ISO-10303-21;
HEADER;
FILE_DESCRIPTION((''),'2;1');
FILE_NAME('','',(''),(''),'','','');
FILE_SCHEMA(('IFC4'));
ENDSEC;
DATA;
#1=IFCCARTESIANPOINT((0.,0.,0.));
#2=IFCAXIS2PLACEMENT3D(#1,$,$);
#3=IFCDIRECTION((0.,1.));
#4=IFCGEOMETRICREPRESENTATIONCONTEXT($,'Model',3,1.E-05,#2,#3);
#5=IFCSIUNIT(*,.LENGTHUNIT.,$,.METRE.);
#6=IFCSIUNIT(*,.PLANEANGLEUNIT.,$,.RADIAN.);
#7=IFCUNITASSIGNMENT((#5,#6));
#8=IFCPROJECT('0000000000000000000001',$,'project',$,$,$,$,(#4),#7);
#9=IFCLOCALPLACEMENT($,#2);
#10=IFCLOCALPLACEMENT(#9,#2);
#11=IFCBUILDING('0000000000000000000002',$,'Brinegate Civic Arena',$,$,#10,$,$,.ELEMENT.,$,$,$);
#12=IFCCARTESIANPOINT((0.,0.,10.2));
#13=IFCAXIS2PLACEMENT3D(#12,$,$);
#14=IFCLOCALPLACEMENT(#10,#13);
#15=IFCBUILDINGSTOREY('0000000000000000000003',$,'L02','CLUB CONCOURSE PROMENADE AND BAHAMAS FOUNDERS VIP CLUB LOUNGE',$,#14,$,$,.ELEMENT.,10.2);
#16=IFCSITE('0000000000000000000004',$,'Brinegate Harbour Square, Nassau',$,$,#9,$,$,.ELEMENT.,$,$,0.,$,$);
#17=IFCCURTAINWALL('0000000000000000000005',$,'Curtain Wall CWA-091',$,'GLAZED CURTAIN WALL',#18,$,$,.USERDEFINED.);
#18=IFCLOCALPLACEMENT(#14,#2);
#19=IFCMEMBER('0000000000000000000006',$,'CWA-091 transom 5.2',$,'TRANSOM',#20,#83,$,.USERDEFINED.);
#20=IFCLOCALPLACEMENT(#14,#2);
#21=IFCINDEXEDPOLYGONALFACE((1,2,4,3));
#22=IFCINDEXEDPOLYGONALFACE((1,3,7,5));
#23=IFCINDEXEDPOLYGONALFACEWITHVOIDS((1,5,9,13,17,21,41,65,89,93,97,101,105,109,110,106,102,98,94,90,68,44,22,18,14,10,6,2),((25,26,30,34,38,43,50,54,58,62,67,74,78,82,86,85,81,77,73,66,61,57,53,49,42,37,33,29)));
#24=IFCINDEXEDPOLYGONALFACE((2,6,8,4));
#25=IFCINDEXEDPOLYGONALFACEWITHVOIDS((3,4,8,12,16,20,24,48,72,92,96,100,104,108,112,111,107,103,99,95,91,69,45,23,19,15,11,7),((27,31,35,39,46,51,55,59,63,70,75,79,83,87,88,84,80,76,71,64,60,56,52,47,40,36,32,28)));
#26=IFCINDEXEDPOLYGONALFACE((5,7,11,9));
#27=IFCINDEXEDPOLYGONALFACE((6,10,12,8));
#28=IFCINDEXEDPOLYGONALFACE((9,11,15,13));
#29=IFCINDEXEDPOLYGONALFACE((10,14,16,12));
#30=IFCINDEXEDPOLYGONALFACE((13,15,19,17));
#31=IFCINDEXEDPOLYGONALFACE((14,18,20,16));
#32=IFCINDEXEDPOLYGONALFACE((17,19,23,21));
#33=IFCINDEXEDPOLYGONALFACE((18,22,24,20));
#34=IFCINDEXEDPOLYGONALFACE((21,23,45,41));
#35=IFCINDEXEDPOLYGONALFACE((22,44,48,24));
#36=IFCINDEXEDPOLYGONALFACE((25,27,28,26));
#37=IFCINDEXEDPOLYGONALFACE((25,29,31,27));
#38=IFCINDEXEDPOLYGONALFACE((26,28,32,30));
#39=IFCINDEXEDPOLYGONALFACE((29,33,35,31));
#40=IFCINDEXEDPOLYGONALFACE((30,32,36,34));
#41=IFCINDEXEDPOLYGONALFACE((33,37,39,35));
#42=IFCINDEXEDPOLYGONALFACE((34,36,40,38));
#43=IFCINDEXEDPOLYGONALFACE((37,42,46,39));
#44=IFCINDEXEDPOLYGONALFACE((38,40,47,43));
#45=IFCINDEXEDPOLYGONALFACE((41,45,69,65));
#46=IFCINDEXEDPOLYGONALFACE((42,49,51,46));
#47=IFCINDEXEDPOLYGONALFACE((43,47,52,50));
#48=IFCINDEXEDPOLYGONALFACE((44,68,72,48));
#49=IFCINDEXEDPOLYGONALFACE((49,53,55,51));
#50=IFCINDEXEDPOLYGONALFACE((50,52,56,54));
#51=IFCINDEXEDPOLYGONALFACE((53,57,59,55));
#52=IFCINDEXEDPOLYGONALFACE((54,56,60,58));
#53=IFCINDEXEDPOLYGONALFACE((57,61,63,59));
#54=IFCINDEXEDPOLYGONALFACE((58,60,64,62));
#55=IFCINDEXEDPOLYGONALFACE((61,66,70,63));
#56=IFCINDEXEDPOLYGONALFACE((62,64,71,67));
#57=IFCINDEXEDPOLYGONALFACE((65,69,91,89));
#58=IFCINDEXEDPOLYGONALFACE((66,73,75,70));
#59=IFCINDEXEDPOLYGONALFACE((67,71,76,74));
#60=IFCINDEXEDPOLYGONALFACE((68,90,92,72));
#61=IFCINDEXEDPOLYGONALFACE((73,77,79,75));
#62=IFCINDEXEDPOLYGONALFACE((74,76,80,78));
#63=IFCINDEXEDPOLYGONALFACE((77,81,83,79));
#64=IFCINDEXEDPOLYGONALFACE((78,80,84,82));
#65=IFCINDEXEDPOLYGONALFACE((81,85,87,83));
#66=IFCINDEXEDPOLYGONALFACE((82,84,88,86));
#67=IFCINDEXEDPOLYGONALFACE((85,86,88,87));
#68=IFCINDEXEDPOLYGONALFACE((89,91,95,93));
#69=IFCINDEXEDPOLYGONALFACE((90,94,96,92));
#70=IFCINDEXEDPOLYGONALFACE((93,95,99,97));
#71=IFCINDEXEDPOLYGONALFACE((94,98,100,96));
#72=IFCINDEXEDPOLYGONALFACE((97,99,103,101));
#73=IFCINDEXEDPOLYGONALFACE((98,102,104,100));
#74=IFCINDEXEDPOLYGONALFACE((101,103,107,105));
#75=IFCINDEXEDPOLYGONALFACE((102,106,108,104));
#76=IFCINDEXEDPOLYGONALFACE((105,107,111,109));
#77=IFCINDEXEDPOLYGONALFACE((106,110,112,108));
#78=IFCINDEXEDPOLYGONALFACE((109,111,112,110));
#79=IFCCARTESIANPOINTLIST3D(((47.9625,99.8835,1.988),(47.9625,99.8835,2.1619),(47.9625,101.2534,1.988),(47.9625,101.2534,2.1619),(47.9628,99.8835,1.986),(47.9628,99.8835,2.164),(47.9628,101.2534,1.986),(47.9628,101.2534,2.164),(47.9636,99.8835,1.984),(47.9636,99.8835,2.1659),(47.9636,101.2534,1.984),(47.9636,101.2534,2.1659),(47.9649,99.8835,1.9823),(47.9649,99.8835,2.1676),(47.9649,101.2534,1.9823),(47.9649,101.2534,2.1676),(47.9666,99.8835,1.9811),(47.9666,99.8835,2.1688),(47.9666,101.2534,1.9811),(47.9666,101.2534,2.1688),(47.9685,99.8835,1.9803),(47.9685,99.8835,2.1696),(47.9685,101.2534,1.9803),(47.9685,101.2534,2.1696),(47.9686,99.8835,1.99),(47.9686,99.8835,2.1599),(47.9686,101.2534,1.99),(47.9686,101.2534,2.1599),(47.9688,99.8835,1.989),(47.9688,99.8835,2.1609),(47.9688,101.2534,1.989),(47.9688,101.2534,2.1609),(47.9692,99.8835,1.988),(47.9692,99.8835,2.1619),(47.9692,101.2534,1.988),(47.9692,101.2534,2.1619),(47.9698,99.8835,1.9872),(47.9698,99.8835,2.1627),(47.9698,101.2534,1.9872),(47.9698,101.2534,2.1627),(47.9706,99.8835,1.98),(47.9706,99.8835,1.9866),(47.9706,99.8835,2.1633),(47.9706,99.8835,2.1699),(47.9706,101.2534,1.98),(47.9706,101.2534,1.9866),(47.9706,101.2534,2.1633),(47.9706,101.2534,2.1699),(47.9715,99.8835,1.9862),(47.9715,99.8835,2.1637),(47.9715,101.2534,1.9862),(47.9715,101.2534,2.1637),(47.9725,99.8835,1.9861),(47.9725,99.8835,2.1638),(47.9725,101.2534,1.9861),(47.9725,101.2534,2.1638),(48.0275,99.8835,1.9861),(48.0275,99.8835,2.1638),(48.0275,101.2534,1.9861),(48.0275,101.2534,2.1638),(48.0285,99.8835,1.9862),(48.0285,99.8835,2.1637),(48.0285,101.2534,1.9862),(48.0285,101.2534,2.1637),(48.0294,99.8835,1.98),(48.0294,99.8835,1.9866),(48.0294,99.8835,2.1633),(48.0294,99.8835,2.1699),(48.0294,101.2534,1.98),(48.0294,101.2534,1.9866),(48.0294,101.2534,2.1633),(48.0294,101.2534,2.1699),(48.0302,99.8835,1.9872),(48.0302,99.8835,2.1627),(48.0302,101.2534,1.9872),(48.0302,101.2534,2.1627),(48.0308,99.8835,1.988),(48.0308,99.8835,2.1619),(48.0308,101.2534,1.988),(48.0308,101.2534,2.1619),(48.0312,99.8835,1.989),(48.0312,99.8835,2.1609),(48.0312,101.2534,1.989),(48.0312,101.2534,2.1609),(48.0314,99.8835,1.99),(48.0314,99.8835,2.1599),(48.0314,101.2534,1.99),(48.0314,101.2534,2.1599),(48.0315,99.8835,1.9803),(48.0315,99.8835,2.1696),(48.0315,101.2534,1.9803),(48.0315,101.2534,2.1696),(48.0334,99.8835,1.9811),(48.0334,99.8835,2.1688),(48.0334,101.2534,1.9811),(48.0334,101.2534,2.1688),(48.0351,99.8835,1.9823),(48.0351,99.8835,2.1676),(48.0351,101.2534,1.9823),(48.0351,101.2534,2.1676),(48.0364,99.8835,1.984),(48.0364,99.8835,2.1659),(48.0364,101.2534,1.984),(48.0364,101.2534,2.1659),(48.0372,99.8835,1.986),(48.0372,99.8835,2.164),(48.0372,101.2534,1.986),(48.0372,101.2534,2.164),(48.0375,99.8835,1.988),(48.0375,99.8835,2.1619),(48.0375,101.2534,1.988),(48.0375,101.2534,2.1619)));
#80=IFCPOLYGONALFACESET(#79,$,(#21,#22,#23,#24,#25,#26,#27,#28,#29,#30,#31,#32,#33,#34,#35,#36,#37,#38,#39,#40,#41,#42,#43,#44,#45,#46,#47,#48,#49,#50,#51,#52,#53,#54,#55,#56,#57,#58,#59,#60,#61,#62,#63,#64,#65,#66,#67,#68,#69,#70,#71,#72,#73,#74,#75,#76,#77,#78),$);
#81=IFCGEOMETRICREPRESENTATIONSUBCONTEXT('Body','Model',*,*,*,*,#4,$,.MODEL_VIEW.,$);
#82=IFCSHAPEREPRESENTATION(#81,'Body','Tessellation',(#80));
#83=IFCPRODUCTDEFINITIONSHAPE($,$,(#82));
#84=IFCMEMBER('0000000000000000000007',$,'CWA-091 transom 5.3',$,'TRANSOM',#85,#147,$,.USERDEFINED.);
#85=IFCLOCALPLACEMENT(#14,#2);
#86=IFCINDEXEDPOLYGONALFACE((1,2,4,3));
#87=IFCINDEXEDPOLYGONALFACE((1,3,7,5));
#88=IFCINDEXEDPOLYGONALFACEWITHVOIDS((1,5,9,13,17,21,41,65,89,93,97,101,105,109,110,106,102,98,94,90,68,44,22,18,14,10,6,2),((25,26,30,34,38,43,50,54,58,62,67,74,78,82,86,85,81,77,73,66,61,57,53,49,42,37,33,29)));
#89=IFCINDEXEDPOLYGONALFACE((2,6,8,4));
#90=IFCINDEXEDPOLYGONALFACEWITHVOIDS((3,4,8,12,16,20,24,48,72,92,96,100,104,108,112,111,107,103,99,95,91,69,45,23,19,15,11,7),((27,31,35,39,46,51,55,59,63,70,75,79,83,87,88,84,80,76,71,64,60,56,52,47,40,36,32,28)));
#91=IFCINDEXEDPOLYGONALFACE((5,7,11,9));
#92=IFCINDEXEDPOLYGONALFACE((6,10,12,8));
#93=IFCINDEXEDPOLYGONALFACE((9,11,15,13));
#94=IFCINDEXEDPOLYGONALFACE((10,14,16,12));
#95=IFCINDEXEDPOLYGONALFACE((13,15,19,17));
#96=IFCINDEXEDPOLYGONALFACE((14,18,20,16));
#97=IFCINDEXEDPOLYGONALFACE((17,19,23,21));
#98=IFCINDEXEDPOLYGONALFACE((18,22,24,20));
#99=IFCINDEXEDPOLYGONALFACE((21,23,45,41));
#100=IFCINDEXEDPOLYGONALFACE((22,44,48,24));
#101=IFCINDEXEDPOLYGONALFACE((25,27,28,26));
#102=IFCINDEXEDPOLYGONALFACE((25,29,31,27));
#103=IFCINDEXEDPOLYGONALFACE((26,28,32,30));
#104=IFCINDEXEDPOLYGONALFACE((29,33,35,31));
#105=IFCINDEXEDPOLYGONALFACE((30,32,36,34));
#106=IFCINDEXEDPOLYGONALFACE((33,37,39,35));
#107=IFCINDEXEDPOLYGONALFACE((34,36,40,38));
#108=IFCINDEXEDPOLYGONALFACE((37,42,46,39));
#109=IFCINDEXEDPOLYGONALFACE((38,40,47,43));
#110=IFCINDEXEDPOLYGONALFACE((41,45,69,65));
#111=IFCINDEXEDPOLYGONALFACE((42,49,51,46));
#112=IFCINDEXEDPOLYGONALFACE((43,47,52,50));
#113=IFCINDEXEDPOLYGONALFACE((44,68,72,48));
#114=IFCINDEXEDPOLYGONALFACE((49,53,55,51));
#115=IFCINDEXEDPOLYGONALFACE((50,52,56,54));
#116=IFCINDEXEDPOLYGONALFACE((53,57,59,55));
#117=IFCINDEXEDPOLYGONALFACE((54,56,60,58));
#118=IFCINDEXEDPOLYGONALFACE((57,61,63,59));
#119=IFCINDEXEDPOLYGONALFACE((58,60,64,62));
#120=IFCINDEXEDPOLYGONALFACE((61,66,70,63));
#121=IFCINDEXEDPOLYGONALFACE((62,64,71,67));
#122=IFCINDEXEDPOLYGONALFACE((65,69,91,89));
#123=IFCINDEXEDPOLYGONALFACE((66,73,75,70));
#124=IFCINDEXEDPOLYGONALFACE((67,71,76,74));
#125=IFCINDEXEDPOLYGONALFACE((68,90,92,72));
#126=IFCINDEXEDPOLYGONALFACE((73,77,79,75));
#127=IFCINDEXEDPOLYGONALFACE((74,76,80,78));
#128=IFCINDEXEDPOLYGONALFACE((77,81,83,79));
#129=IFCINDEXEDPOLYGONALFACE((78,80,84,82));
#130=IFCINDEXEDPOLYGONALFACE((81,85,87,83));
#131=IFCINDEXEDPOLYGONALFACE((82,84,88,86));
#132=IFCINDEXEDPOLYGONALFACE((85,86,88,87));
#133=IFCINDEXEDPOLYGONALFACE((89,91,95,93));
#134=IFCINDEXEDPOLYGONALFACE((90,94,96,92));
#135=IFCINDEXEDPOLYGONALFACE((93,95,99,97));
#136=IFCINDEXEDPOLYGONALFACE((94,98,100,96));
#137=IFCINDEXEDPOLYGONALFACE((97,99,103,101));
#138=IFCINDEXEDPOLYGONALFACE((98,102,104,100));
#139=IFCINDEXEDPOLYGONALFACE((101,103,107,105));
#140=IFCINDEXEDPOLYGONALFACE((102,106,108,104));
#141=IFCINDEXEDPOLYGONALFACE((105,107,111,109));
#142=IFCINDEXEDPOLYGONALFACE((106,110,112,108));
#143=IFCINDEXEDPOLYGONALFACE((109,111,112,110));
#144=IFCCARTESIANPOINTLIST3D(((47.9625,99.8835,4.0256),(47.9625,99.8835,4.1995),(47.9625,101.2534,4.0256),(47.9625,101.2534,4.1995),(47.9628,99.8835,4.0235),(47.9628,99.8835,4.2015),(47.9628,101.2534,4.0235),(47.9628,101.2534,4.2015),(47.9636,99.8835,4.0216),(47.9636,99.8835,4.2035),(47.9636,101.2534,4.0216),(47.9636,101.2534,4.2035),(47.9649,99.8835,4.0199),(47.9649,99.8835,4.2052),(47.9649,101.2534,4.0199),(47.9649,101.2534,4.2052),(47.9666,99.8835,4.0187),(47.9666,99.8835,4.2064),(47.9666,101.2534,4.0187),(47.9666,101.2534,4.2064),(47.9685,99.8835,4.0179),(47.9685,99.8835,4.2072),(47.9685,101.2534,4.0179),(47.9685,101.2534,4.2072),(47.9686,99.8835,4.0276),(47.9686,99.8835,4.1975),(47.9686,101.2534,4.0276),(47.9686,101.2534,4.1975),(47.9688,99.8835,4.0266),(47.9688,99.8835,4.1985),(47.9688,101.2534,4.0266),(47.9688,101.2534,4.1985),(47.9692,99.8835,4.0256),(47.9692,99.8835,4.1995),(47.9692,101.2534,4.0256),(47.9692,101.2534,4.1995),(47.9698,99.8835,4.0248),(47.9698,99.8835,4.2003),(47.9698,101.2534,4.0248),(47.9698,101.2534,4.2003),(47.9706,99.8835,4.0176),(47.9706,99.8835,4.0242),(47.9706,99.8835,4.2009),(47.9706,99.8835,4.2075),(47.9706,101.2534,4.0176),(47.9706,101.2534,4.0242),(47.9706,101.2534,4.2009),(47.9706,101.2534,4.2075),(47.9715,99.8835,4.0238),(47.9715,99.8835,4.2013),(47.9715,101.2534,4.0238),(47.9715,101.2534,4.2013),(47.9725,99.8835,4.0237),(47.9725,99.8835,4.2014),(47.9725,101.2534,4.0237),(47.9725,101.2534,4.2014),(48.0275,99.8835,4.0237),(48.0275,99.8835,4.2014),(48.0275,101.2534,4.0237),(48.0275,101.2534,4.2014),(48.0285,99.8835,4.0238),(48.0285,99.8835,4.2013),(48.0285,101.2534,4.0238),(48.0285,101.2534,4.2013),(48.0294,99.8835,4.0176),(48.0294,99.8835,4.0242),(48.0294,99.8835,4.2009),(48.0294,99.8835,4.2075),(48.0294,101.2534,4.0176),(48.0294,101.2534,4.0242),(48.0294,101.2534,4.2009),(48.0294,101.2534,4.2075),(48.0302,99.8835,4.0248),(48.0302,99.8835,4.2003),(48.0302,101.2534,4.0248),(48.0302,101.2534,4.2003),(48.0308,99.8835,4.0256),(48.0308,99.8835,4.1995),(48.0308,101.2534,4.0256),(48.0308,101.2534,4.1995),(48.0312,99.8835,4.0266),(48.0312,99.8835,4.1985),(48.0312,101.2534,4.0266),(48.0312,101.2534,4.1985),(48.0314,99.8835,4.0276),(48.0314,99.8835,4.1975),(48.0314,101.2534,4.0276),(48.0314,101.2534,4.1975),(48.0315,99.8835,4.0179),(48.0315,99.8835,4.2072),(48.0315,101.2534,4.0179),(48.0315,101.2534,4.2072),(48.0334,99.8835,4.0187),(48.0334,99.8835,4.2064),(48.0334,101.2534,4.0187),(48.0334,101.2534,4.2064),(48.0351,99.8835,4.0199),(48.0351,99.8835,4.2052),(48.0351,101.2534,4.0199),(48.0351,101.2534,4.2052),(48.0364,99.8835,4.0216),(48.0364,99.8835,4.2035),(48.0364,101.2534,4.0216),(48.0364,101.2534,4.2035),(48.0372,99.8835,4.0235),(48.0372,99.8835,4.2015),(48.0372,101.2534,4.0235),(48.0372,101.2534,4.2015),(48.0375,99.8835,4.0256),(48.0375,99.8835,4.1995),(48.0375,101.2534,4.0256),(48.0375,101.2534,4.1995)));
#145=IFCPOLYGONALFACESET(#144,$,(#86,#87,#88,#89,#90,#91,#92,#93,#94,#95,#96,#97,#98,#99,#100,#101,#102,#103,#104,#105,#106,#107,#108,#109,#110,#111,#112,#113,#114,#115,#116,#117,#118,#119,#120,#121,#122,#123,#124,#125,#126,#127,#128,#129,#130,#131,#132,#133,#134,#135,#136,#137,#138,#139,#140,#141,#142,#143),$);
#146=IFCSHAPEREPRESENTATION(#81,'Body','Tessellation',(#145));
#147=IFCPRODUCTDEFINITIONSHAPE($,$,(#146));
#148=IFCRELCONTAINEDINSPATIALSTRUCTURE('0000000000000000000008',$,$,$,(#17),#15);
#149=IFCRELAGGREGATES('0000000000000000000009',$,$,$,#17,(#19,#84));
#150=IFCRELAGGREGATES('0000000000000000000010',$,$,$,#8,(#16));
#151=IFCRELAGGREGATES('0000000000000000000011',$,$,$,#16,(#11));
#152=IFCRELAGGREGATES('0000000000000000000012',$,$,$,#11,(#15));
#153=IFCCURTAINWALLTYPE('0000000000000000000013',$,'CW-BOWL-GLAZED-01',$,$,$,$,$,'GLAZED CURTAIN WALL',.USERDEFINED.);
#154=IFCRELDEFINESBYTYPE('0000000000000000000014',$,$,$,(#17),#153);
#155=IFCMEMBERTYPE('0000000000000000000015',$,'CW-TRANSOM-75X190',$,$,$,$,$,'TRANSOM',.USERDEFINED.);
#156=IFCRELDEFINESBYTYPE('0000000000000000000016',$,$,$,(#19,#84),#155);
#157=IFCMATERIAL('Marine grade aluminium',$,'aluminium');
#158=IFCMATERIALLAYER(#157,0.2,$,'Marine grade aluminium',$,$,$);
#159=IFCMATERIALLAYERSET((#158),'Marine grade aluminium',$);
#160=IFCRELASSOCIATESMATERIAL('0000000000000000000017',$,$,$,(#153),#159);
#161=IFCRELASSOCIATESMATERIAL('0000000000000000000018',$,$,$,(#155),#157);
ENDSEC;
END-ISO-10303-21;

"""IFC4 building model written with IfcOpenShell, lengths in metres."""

from ifc_helpers import new_model, si_unit, direction, frame, origin, origin_2d, place, context, subcontext, project, spatial, hollow_rectangle, extrude, material, layer, layer_set, material_profile, profile_set, type_object, element, aggregate, save


model = new_model("IFC4")

# Units and contexts
model_context = context("Model", 3, precision=1e-05, world=origin(), true_north=direction((0.0, 1.0)))
body_context = subcontext(model_context, "Body", "Model", "MODEL_VIEW")
ifc_project = project(units=[si_unit("LENGTHUNIT", "METRE"), si_unit("PLANEANGLEUNIT", "RADIAN")], contexts=[model_context])

# Site, building, storey
site_placement = place(None, origin())
site = spatial("IfcSite", under=ifc_project, at=site_placement, Name="Brinegate Harbour Square, Nassau", CompositionType="ELEMENT", RefElevation=0.0)
building_placement = place(site_placement, origin())
building = spatial("IfcBuilding", under=site, at=building_placement, Name="Brinegate Civic Arena", CompositionType="ELEMENT")
storey_placement = place(building_placement, frame((0.0, 0.0, 10.2)))
storey = spatial("IfcBuildingStorey", under=building, at=storey_placement, Name="L02", Description="CLUB CONCOURSE PROMENADE AND BAHAMAS FOUNDERS VIP CLUB LOUNGE", CompositionType="ELEMENT", Elevation=10.2)

# Shared definitions
ifc_material_1 = material(Name="Marine grade aluminium", Category="aluminium")
ifc_layer_1 = layer(ifc_material_1, 0.2, Name="Marine grade aluminium")
ifc_layer_set_1 = layer_set([ifc_layer_1], Name="Marine grade aluminium")
curtain_wall_type = type_object("IfcCurtainWallType", Name="CW-BOWL-GLAZED-01", ElementType="GLAZED CURTAIN WALL", PredefinedType="USERDEFINED", material=ifc_layer_set_1)

# Curtain wall, members
curtain_wall_1_placement = place(storey_placement, origin())
curtain_wall_1 = element("IfcCurtainWall", 1, at=curtain_wall_1_placement, inside=storey, type_object=curtain_wall_type, Name="Curtain Wall CWA-091", ObjectType="GLAZED CURTAIN WALL", PredefinedType="USERDEFINED")
ifc_material_profile_1 = material_profile(ifc_material_1, hollow_rectangle(XDim=0.075, YDim=0.1899, WallThickness=0.0061, InnerFilletRadius=0.0039, OuterFilletRadius=0.0081, at=origin_2d()), Name="TRN75X190")
ifc_profile_set_1 = profile_set([ifc_material_profile_1], Name="Marine grade aluminium")
member_type_1 = type_object("IfcMemberType", Name="CW-TRANSOM-75X190", ElementType="TRANSOM", PredefinedType="USERDEFINED", material=ifc_profile_set_1)
member_1_placement = place(storey_placement, frame((48.0, 99.8835, 2.075), z_axis=(0.0, 1.0, 0.0), x_axis=(-1.0, 0.0, 0.0)))
member_1 = element("IfcMember", 2, at=member_1_placement, type_object=member_type_1, Name="CWA-091 transom 5.2", ObjectType="TRANSOM", PredefinedType="USERDEFINED", context=body_context, shape_type="SweptSolid", body=[
    extrude(hollow_rectangle(XDim=0.075, YDim=0.1899, WallThickness=0.0061, InnerFilletRadius=0.0039, OuterFilletRadius=0.0081, at=origin_2d()), origin(), (0.0, 0.0, 1.0), 1.3699),
])
member_2_placement = place(storey_placement, frame((48.0, 99.8835, 4.1125), z_axis=(0.0, 1.0, 0.0), x_axis=(-1.0, 0.0, 0.0)))
member_2 = element("IfcMember", 3, at=member_2_placement, type_object=member_type_1, Name="CWA-091 transom 5.3", ObjectType="TRANSOM", PredefinedType="USERDEFINED", context=body_context, shape_type="SweptSolid", body=[
    extrude(hollow_rectangle(XDim=0.075, YDim=0.1899, WallThickness=0.0061, InnerFilletRadius=0.0039, OuterFilletRadius=0.0081, at=origin_2d()), origin(), (0.0, 0.0, 1.0), 1.3699),
])

aggregate(curtain_wall_1, [member_1, member_2])

save(model, "model.ifc")
